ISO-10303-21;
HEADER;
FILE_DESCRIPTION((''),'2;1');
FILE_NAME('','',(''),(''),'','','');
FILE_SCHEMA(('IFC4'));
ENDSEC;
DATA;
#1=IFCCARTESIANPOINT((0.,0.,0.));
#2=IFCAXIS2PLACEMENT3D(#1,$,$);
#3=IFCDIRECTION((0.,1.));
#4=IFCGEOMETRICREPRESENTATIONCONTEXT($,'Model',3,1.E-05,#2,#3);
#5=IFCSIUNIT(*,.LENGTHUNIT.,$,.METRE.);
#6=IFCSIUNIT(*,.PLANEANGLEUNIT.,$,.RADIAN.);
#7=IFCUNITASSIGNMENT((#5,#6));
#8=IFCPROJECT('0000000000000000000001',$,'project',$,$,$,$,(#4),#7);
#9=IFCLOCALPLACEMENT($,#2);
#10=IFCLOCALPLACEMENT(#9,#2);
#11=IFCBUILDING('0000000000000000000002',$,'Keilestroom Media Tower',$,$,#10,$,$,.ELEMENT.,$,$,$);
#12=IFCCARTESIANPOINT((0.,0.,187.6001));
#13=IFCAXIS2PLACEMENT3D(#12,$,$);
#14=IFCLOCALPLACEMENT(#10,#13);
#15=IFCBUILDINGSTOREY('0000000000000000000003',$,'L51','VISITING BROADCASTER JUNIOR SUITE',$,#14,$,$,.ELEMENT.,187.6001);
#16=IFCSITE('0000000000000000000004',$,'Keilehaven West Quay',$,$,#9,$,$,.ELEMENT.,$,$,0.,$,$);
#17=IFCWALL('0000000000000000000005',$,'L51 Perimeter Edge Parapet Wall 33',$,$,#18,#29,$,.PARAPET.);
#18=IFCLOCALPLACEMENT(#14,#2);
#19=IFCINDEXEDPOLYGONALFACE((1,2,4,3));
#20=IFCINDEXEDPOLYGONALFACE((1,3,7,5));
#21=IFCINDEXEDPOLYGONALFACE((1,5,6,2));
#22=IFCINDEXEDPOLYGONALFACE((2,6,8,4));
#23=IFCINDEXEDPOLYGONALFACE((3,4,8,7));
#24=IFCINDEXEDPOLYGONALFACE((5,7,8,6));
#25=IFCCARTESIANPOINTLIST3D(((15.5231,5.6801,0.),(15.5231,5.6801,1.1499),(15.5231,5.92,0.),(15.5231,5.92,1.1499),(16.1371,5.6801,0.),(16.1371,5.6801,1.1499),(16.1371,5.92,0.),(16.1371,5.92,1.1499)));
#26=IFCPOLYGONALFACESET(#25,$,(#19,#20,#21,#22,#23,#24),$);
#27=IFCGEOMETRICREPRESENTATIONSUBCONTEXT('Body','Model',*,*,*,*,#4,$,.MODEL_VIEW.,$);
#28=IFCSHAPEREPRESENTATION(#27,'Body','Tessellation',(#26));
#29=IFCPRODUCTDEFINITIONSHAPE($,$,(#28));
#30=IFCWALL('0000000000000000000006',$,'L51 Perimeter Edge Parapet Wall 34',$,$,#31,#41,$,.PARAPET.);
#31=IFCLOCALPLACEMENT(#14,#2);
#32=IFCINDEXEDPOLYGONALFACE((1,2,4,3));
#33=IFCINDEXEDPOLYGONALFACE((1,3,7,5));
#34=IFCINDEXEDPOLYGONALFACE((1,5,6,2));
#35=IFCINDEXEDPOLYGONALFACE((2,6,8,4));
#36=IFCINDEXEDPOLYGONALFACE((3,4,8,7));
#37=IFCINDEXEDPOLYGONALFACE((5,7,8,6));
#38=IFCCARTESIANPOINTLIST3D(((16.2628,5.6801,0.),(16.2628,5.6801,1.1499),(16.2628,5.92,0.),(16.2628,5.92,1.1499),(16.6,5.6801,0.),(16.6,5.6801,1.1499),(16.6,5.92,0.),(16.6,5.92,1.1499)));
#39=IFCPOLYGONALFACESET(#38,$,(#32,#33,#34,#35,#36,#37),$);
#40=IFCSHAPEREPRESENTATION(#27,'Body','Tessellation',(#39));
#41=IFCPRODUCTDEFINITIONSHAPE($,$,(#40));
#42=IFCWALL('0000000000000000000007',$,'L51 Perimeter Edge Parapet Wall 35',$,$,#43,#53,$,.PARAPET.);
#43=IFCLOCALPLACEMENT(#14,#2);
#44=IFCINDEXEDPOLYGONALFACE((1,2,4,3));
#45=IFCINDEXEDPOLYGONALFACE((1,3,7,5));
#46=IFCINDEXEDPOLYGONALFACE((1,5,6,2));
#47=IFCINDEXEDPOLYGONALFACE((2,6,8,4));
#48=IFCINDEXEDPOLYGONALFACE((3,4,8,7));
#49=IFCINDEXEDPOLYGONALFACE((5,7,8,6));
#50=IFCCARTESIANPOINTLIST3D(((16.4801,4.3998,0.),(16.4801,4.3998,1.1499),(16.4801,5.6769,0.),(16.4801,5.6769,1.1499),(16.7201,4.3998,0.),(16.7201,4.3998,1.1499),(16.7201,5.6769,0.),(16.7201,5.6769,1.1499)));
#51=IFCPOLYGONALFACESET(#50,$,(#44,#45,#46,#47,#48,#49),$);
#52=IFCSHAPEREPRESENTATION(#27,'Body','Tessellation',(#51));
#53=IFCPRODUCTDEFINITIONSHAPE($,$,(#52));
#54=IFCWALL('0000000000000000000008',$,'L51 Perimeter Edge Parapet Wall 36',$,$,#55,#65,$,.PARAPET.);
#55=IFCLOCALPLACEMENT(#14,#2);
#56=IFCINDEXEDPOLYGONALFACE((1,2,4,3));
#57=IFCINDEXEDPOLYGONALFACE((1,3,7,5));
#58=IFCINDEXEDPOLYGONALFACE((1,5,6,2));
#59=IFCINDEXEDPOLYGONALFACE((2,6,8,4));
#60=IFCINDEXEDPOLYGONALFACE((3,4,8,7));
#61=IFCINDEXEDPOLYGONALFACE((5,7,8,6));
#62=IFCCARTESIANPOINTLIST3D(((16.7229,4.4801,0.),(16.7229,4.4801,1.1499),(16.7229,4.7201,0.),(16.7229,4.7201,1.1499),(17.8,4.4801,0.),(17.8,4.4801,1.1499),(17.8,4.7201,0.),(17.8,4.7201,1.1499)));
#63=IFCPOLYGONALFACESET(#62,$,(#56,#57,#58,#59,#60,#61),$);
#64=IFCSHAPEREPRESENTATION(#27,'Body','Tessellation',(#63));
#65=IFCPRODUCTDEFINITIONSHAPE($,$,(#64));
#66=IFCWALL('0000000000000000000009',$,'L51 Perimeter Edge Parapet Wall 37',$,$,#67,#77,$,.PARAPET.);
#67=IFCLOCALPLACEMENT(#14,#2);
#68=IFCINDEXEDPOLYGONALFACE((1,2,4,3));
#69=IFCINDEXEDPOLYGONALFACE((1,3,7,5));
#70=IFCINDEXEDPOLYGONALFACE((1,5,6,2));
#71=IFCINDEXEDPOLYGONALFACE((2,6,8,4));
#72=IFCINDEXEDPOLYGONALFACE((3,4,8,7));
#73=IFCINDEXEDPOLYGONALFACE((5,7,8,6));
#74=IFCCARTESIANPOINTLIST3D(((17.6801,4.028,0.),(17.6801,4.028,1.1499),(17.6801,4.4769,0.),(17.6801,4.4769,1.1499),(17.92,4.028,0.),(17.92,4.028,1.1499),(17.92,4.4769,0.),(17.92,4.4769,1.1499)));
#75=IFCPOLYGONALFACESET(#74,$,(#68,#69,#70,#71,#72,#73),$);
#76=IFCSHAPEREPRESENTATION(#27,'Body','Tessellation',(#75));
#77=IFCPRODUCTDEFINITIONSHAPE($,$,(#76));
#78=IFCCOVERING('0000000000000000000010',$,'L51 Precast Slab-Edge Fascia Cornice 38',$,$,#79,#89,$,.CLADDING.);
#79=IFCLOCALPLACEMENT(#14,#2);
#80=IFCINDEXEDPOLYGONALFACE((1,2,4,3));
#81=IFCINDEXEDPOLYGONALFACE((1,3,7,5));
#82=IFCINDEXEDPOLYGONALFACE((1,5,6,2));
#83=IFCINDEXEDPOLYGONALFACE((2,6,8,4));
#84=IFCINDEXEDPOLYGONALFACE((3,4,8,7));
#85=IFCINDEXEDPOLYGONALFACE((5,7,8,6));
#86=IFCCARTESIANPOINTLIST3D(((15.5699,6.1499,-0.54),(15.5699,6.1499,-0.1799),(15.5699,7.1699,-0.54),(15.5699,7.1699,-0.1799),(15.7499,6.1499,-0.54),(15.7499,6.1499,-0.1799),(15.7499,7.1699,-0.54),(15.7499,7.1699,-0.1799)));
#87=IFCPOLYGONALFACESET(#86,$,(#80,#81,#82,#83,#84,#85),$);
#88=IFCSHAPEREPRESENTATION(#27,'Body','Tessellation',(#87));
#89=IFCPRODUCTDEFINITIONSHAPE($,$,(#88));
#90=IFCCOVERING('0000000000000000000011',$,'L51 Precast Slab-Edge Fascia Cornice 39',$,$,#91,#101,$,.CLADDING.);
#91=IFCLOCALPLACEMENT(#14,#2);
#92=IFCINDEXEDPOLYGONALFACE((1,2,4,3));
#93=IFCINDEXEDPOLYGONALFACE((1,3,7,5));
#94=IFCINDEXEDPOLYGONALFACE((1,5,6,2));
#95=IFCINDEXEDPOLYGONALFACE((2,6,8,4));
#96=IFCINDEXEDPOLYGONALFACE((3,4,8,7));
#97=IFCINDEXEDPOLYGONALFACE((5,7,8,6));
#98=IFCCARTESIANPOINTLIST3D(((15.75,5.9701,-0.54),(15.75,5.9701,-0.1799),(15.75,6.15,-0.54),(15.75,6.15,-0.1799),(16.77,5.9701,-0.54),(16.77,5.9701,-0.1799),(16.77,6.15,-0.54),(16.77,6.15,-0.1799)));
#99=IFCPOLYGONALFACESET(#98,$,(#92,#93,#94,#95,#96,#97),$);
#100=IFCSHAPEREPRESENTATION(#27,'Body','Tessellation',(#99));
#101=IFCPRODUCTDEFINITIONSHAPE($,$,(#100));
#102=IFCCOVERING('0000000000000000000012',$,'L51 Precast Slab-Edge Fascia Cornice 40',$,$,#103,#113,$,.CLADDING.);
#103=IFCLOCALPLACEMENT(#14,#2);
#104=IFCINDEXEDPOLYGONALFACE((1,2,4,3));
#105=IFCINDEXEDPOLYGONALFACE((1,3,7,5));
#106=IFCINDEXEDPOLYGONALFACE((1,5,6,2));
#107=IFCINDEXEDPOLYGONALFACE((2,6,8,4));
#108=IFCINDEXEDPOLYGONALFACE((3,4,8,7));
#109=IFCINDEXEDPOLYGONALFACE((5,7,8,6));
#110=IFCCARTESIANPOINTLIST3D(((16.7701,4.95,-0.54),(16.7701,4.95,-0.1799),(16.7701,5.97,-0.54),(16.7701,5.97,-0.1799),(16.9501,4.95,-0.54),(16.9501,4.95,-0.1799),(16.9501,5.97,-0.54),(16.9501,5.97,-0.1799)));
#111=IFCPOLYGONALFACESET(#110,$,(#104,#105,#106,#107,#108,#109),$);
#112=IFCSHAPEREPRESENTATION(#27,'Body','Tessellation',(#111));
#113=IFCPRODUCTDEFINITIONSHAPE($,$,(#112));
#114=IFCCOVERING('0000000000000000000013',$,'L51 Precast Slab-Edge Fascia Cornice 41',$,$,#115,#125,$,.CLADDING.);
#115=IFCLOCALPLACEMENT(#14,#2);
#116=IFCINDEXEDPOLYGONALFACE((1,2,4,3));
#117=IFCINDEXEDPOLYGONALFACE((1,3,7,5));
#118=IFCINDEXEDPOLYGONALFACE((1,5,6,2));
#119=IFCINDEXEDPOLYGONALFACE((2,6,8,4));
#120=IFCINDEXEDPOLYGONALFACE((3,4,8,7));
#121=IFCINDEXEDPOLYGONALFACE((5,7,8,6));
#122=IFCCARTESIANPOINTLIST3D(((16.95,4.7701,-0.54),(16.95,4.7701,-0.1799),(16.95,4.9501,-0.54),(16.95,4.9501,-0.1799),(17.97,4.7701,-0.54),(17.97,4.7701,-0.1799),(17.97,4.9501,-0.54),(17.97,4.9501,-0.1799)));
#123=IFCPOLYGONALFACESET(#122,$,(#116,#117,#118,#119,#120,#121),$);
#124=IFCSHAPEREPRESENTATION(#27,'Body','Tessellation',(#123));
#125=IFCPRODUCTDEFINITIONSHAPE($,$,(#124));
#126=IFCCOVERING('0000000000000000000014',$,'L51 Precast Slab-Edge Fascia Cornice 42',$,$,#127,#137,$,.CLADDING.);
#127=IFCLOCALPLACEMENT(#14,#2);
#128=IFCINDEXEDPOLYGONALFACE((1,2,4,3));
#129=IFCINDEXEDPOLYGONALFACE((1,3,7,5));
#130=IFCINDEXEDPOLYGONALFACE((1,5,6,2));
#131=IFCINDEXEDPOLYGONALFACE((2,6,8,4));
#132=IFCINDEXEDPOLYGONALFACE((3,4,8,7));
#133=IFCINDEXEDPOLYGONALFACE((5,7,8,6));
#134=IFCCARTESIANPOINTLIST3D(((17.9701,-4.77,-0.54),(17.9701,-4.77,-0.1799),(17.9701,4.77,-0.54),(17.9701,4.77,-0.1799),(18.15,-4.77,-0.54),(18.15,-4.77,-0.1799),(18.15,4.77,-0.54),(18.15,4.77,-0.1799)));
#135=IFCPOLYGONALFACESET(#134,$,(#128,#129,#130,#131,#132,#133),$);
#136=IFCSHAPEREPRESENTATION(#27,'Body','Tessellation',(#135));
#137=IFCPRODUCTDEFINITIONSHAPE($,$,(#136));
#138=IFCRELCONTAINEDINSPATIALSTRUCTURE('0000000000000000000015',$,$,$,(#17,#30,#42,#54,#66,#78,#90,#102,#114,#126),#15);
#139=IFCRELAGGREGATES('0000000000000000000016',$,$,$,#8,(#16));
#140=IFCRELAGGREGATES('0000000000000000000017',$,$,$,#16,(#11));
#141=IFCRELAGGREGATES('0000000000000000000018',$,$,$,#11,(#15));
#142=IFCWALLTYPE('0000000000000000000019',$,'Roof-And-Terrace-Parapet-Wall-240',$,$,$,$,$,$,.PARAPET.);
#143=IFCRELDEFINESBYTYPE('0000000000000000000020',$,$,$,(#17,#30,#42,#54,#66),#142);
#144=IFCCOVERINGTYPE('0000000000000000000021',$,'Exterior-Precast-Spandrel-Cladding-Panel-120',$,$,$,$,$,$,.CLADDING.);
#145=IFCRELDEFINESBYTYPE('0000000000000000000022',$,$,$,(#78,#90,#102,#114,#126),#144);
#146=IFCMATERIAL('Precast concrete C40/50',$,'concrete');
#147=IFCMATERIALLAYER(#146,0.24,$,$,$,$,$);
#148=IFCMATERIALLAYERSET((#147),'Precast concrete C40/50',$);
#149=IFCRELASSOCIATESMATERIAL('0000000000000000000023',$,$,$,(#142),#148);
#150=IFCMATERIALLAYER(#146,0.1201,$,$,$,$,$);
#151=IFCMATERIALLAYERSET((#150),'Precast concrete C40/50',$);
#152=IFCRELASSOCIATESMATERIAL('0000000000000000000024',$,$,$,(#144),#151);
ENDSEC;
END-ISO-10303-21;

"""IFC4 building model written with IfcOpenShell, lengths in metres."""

from ifc_helpers import new_model, si_unit, direction, frame, frame_2d, origin, origin_2d, place, context, subcontext, project, spatial, rectangle, extrude, source, transform, mapped, material, layer, layer_set, type_object, element, save


model = new_model("IFC4")

# Units and contexts
model_context = context("Model", 3, precision=1e-05, world=origin(), true_north=direction((0.0, 1.0)))
body_context = subcontext(model_context, "Body", "Model", "MODEL_VIEW")
ifc_project = project(units=[si_unit("LENGTHUNIT", "METRE"), si_unit("PLANEANGLEUNIT", "RADIAN")], contexts=[model_context])

# Site, building, storey
site_placement = place(None, origin())
site = spatial("IfcSite", under=ifc_project, at=site_placement, Name="Keilehaven West Quay", CompositionType="ELEMENT", RefElevation=0.0)
building_placement = place(site_placement, origin())
building = spatial("IfcBuilding", under=site, at=building_placement, Name="Keilestroom Media Tower", CompositionType="ELEMENT")
storey_placement = place(building_placement, frame((0.0, 0.0, 187.6001)))
storey = spatial("IfcBuildingStorey", under=building, at=storey_placement, Name="L51", Description="VISITING BROADCASTER JUNIOR SUITE", CompositionType="ELEMENT", Elevation=187.6001)

# Shared definitions
ifc_material_1 = material(Name="Precast concrete C40/50", Category="concrete")

# Walls
ifc_layer_1 = layer(ifc_material_1, 0.24)
ifc_layer_set_1 = layer_set([ifc_layer_1], Name="Precast concrete C40/50")
wall_type_1 = type_object("IfcWallType", Name="Roof-And-Terrace-Parapet-Wall-240", PredefinedType="PARAPET", material=ifc_layer_set_1)
wall_1_placement = place(storey_placement, frame((15.5229, 5.8, 0.0), z_axis=(0.0, 0.0, 1.0), x_axis=(1.0, 0.0, 0.0)))
element("IfcWall", 1, at=wall_1_placement, inside=storey, type_object=wall_type_1, Name="L51 Perimeter Edge Parapet Wall 33", PredefinedType="PARAPET", context=body_context, shape_type="SweptSolid", body=[
    extrude(rectangle(XDim=0.614, YDim=0.24, at=frame_2d((0.3071, 0.0))), origin(), (0.0, 0.0, 1.0), 1.1499),
])
wall_2_placement = place(storey_placement, frame((16.2629, 5.8, 0.0), z_axis=(0.0, 0.0, 1.0), x_axis=(1.0, 0.0, 0.0)))
element("IfcWall", 2, at=wall_2_placement, inside=storey, type_object=wall_type_1, Name="L51 Perimeter Edge Parapet Wall 34", PredefinedType="PARAPET", context=body_context, shape_type="SweptSolid", body=[
    extrude(rectangle(XDim=0.3372, YDim=0.24, at=frame_2d((0.1685, 0.0))), origin(), (0.0, 0.0, 1.0), 1.1499),
])
wall_3_placement = place(storey_placement, frame((16.6001, 5.677, 0.0), z_axis=(0.0, 0.0, 1.0), x_axis=(0.0, -1.0, 0.0)))
element("IfcWall", 3, at=wall_3_placement, inside=storey, type_object=wall_type_1, Name="L51 Perimeter Edge Parapet Wall 35", PredefinedType="PARAPET", context=body_context, shape_type="SweptSolid", body=[
    extrude(rectangle(XDim=1.2771, YDim=0.24, at=frame_2d((0.6387, 0.0))), origin(), (0.0, 0.0, 1.0), 1.1499),
])
wall_4_placement = place(storey_placement, frame((16.7229, 4.6001, 0.0), z_axis=(0.0, 0.0, 1.0), x_axis=(1.0, 0.0, 0.0)))
element("IfcWall", 4, at=wall_4_placement, inside=storey, type_object=wall_type_1, Name="L51 Perimeter Edge Parapet Wall 36", PredefinedType="PARAPET", context=body_context, shape_type="SweptSolid", body=[
    extrude(rectangle(XDim=1.0771, YDim=0.24, at=frame_2d((0.5386, 0.0))), origin(), (0.0, 0.0, 1.0), 1.1499),
])
wall_5_placement = place(storey_placement, frame((17.8, 4.4771, 0.0), z_axis=(0.0, 0.0, 1.0), x_axis=(0.0, -1.0, 0.0)))
element("IfcWall", 5, at=wall_5_placement, inside=storey, type_object=wall_type_1, Name="L51 Perimeter Edge Parapet Wall 37", PredefinedType="PARAPET", context=body_context, shape_type="SweptSolid", body=[
    extrude(rectangle(XDim=0.449, YDim=0.24, at=frame_2d((0.2246, 0.0))), origin(), (0.0, 0.0, 1.0), 1.1499),
])

# Coverings
ifc_layer_2 = layer(ifc_material_1, 0.1201)
ifc_layer_set_2 = layer_set([ifc_layer_2], Name="Precast concrete C40/50")
covering_type = type_object("IfcCoveringType", Name="Exterior-Precast-Spandrel-Cladding-Panel-120", PredefinedType="CLADDING", material=ifc_layer_set_2)
shared_shape_1 = source(origin(), body_context, "Body", "SweptSolid", [
    extrude(rectangle(XDim=1.02, YDim=0.1799, at=origin_2d()), origin(), (0.0, 0.0, 1.0), 0.3601),
])
for number, where, z_axis, x_axis, name in (
    (6, (15.6599, 6.6599, -0.54), (0.0, 0.0, 1.0), (0.0, -1.0, 0.0), "L51 Precast Slab-Edge Fascia Cornice 38"),
    (7, (16.26, 6.0601, -0.54), (0.0, 0.0, 1.0), (1.0, 0.0, 0.0), "L51 Precast Slab-Edge Fascia Cornice 39"),
    (8, (16.8601, 5.46, -0.54), (0.0, 0.0, 1.0), (0.0, -1.0, 0.0), "L51 Precast Slab-Edge Fascia Cornice 40"),
    (9, (17.46, 4.8601, -0.54), (0.0, 0.0, 1.0), (1.0, 0.0, 0.0), "L51 Precast Slab-Edge Fascia Cornice 41"),
):
    element("IfcCovering", number, at=place(storey_placement, frame(where, z_axis=z_axis, x_axis=x_axis)), inside=storey, type_object=covering_type, Name=name, PredefinedType="CLADDING", context=body_context, shape_type="MappedRepresentation", body=[
        mapped(shared_shape_1, transform((0.0, 0.0, 0.0), x_axis=(1.0, 0.0, 0.0), y_axis=(0.0, 1.0, 0.0), z_axis=(0.0, 0.0, 1.0), scale=1.0)),
    ])
shared_shape_2 = source(origin(), body_context, "Body", "SweptSolid", [
    extrude(rectangle(XDim=9.54, YDim=0.1799, at=origin_2d()), origin(), (0.0, 0.0, 1.0), 0.3601),
])
covering_placement = place(storey_placement, frame((18.0601, 0.0, -0.54), z_axis=(0.0, 0.0, 1.0), x_axis=(0.0, -1.0, 0.0)))
element("IfcCovering", 10, at=covering_placement, inside=storey, type_object=covering_type, Name="L51 Precast Slab-Edge Fascia Cornice 42", PredefinedType="CLADDING", context=body_context, shape_type="MappedRepresentation", body=[
    mapped(shared_shape_2, transform((0.0, 0.0, 0.0), x_axis=(1.0, 0.0, 0.0), y_axis=(0.0, 1.0, 0.0), z_axis=(0.0, 0.0, 1.0), scale=1.0)),
])

save(model, "model.ifc")
